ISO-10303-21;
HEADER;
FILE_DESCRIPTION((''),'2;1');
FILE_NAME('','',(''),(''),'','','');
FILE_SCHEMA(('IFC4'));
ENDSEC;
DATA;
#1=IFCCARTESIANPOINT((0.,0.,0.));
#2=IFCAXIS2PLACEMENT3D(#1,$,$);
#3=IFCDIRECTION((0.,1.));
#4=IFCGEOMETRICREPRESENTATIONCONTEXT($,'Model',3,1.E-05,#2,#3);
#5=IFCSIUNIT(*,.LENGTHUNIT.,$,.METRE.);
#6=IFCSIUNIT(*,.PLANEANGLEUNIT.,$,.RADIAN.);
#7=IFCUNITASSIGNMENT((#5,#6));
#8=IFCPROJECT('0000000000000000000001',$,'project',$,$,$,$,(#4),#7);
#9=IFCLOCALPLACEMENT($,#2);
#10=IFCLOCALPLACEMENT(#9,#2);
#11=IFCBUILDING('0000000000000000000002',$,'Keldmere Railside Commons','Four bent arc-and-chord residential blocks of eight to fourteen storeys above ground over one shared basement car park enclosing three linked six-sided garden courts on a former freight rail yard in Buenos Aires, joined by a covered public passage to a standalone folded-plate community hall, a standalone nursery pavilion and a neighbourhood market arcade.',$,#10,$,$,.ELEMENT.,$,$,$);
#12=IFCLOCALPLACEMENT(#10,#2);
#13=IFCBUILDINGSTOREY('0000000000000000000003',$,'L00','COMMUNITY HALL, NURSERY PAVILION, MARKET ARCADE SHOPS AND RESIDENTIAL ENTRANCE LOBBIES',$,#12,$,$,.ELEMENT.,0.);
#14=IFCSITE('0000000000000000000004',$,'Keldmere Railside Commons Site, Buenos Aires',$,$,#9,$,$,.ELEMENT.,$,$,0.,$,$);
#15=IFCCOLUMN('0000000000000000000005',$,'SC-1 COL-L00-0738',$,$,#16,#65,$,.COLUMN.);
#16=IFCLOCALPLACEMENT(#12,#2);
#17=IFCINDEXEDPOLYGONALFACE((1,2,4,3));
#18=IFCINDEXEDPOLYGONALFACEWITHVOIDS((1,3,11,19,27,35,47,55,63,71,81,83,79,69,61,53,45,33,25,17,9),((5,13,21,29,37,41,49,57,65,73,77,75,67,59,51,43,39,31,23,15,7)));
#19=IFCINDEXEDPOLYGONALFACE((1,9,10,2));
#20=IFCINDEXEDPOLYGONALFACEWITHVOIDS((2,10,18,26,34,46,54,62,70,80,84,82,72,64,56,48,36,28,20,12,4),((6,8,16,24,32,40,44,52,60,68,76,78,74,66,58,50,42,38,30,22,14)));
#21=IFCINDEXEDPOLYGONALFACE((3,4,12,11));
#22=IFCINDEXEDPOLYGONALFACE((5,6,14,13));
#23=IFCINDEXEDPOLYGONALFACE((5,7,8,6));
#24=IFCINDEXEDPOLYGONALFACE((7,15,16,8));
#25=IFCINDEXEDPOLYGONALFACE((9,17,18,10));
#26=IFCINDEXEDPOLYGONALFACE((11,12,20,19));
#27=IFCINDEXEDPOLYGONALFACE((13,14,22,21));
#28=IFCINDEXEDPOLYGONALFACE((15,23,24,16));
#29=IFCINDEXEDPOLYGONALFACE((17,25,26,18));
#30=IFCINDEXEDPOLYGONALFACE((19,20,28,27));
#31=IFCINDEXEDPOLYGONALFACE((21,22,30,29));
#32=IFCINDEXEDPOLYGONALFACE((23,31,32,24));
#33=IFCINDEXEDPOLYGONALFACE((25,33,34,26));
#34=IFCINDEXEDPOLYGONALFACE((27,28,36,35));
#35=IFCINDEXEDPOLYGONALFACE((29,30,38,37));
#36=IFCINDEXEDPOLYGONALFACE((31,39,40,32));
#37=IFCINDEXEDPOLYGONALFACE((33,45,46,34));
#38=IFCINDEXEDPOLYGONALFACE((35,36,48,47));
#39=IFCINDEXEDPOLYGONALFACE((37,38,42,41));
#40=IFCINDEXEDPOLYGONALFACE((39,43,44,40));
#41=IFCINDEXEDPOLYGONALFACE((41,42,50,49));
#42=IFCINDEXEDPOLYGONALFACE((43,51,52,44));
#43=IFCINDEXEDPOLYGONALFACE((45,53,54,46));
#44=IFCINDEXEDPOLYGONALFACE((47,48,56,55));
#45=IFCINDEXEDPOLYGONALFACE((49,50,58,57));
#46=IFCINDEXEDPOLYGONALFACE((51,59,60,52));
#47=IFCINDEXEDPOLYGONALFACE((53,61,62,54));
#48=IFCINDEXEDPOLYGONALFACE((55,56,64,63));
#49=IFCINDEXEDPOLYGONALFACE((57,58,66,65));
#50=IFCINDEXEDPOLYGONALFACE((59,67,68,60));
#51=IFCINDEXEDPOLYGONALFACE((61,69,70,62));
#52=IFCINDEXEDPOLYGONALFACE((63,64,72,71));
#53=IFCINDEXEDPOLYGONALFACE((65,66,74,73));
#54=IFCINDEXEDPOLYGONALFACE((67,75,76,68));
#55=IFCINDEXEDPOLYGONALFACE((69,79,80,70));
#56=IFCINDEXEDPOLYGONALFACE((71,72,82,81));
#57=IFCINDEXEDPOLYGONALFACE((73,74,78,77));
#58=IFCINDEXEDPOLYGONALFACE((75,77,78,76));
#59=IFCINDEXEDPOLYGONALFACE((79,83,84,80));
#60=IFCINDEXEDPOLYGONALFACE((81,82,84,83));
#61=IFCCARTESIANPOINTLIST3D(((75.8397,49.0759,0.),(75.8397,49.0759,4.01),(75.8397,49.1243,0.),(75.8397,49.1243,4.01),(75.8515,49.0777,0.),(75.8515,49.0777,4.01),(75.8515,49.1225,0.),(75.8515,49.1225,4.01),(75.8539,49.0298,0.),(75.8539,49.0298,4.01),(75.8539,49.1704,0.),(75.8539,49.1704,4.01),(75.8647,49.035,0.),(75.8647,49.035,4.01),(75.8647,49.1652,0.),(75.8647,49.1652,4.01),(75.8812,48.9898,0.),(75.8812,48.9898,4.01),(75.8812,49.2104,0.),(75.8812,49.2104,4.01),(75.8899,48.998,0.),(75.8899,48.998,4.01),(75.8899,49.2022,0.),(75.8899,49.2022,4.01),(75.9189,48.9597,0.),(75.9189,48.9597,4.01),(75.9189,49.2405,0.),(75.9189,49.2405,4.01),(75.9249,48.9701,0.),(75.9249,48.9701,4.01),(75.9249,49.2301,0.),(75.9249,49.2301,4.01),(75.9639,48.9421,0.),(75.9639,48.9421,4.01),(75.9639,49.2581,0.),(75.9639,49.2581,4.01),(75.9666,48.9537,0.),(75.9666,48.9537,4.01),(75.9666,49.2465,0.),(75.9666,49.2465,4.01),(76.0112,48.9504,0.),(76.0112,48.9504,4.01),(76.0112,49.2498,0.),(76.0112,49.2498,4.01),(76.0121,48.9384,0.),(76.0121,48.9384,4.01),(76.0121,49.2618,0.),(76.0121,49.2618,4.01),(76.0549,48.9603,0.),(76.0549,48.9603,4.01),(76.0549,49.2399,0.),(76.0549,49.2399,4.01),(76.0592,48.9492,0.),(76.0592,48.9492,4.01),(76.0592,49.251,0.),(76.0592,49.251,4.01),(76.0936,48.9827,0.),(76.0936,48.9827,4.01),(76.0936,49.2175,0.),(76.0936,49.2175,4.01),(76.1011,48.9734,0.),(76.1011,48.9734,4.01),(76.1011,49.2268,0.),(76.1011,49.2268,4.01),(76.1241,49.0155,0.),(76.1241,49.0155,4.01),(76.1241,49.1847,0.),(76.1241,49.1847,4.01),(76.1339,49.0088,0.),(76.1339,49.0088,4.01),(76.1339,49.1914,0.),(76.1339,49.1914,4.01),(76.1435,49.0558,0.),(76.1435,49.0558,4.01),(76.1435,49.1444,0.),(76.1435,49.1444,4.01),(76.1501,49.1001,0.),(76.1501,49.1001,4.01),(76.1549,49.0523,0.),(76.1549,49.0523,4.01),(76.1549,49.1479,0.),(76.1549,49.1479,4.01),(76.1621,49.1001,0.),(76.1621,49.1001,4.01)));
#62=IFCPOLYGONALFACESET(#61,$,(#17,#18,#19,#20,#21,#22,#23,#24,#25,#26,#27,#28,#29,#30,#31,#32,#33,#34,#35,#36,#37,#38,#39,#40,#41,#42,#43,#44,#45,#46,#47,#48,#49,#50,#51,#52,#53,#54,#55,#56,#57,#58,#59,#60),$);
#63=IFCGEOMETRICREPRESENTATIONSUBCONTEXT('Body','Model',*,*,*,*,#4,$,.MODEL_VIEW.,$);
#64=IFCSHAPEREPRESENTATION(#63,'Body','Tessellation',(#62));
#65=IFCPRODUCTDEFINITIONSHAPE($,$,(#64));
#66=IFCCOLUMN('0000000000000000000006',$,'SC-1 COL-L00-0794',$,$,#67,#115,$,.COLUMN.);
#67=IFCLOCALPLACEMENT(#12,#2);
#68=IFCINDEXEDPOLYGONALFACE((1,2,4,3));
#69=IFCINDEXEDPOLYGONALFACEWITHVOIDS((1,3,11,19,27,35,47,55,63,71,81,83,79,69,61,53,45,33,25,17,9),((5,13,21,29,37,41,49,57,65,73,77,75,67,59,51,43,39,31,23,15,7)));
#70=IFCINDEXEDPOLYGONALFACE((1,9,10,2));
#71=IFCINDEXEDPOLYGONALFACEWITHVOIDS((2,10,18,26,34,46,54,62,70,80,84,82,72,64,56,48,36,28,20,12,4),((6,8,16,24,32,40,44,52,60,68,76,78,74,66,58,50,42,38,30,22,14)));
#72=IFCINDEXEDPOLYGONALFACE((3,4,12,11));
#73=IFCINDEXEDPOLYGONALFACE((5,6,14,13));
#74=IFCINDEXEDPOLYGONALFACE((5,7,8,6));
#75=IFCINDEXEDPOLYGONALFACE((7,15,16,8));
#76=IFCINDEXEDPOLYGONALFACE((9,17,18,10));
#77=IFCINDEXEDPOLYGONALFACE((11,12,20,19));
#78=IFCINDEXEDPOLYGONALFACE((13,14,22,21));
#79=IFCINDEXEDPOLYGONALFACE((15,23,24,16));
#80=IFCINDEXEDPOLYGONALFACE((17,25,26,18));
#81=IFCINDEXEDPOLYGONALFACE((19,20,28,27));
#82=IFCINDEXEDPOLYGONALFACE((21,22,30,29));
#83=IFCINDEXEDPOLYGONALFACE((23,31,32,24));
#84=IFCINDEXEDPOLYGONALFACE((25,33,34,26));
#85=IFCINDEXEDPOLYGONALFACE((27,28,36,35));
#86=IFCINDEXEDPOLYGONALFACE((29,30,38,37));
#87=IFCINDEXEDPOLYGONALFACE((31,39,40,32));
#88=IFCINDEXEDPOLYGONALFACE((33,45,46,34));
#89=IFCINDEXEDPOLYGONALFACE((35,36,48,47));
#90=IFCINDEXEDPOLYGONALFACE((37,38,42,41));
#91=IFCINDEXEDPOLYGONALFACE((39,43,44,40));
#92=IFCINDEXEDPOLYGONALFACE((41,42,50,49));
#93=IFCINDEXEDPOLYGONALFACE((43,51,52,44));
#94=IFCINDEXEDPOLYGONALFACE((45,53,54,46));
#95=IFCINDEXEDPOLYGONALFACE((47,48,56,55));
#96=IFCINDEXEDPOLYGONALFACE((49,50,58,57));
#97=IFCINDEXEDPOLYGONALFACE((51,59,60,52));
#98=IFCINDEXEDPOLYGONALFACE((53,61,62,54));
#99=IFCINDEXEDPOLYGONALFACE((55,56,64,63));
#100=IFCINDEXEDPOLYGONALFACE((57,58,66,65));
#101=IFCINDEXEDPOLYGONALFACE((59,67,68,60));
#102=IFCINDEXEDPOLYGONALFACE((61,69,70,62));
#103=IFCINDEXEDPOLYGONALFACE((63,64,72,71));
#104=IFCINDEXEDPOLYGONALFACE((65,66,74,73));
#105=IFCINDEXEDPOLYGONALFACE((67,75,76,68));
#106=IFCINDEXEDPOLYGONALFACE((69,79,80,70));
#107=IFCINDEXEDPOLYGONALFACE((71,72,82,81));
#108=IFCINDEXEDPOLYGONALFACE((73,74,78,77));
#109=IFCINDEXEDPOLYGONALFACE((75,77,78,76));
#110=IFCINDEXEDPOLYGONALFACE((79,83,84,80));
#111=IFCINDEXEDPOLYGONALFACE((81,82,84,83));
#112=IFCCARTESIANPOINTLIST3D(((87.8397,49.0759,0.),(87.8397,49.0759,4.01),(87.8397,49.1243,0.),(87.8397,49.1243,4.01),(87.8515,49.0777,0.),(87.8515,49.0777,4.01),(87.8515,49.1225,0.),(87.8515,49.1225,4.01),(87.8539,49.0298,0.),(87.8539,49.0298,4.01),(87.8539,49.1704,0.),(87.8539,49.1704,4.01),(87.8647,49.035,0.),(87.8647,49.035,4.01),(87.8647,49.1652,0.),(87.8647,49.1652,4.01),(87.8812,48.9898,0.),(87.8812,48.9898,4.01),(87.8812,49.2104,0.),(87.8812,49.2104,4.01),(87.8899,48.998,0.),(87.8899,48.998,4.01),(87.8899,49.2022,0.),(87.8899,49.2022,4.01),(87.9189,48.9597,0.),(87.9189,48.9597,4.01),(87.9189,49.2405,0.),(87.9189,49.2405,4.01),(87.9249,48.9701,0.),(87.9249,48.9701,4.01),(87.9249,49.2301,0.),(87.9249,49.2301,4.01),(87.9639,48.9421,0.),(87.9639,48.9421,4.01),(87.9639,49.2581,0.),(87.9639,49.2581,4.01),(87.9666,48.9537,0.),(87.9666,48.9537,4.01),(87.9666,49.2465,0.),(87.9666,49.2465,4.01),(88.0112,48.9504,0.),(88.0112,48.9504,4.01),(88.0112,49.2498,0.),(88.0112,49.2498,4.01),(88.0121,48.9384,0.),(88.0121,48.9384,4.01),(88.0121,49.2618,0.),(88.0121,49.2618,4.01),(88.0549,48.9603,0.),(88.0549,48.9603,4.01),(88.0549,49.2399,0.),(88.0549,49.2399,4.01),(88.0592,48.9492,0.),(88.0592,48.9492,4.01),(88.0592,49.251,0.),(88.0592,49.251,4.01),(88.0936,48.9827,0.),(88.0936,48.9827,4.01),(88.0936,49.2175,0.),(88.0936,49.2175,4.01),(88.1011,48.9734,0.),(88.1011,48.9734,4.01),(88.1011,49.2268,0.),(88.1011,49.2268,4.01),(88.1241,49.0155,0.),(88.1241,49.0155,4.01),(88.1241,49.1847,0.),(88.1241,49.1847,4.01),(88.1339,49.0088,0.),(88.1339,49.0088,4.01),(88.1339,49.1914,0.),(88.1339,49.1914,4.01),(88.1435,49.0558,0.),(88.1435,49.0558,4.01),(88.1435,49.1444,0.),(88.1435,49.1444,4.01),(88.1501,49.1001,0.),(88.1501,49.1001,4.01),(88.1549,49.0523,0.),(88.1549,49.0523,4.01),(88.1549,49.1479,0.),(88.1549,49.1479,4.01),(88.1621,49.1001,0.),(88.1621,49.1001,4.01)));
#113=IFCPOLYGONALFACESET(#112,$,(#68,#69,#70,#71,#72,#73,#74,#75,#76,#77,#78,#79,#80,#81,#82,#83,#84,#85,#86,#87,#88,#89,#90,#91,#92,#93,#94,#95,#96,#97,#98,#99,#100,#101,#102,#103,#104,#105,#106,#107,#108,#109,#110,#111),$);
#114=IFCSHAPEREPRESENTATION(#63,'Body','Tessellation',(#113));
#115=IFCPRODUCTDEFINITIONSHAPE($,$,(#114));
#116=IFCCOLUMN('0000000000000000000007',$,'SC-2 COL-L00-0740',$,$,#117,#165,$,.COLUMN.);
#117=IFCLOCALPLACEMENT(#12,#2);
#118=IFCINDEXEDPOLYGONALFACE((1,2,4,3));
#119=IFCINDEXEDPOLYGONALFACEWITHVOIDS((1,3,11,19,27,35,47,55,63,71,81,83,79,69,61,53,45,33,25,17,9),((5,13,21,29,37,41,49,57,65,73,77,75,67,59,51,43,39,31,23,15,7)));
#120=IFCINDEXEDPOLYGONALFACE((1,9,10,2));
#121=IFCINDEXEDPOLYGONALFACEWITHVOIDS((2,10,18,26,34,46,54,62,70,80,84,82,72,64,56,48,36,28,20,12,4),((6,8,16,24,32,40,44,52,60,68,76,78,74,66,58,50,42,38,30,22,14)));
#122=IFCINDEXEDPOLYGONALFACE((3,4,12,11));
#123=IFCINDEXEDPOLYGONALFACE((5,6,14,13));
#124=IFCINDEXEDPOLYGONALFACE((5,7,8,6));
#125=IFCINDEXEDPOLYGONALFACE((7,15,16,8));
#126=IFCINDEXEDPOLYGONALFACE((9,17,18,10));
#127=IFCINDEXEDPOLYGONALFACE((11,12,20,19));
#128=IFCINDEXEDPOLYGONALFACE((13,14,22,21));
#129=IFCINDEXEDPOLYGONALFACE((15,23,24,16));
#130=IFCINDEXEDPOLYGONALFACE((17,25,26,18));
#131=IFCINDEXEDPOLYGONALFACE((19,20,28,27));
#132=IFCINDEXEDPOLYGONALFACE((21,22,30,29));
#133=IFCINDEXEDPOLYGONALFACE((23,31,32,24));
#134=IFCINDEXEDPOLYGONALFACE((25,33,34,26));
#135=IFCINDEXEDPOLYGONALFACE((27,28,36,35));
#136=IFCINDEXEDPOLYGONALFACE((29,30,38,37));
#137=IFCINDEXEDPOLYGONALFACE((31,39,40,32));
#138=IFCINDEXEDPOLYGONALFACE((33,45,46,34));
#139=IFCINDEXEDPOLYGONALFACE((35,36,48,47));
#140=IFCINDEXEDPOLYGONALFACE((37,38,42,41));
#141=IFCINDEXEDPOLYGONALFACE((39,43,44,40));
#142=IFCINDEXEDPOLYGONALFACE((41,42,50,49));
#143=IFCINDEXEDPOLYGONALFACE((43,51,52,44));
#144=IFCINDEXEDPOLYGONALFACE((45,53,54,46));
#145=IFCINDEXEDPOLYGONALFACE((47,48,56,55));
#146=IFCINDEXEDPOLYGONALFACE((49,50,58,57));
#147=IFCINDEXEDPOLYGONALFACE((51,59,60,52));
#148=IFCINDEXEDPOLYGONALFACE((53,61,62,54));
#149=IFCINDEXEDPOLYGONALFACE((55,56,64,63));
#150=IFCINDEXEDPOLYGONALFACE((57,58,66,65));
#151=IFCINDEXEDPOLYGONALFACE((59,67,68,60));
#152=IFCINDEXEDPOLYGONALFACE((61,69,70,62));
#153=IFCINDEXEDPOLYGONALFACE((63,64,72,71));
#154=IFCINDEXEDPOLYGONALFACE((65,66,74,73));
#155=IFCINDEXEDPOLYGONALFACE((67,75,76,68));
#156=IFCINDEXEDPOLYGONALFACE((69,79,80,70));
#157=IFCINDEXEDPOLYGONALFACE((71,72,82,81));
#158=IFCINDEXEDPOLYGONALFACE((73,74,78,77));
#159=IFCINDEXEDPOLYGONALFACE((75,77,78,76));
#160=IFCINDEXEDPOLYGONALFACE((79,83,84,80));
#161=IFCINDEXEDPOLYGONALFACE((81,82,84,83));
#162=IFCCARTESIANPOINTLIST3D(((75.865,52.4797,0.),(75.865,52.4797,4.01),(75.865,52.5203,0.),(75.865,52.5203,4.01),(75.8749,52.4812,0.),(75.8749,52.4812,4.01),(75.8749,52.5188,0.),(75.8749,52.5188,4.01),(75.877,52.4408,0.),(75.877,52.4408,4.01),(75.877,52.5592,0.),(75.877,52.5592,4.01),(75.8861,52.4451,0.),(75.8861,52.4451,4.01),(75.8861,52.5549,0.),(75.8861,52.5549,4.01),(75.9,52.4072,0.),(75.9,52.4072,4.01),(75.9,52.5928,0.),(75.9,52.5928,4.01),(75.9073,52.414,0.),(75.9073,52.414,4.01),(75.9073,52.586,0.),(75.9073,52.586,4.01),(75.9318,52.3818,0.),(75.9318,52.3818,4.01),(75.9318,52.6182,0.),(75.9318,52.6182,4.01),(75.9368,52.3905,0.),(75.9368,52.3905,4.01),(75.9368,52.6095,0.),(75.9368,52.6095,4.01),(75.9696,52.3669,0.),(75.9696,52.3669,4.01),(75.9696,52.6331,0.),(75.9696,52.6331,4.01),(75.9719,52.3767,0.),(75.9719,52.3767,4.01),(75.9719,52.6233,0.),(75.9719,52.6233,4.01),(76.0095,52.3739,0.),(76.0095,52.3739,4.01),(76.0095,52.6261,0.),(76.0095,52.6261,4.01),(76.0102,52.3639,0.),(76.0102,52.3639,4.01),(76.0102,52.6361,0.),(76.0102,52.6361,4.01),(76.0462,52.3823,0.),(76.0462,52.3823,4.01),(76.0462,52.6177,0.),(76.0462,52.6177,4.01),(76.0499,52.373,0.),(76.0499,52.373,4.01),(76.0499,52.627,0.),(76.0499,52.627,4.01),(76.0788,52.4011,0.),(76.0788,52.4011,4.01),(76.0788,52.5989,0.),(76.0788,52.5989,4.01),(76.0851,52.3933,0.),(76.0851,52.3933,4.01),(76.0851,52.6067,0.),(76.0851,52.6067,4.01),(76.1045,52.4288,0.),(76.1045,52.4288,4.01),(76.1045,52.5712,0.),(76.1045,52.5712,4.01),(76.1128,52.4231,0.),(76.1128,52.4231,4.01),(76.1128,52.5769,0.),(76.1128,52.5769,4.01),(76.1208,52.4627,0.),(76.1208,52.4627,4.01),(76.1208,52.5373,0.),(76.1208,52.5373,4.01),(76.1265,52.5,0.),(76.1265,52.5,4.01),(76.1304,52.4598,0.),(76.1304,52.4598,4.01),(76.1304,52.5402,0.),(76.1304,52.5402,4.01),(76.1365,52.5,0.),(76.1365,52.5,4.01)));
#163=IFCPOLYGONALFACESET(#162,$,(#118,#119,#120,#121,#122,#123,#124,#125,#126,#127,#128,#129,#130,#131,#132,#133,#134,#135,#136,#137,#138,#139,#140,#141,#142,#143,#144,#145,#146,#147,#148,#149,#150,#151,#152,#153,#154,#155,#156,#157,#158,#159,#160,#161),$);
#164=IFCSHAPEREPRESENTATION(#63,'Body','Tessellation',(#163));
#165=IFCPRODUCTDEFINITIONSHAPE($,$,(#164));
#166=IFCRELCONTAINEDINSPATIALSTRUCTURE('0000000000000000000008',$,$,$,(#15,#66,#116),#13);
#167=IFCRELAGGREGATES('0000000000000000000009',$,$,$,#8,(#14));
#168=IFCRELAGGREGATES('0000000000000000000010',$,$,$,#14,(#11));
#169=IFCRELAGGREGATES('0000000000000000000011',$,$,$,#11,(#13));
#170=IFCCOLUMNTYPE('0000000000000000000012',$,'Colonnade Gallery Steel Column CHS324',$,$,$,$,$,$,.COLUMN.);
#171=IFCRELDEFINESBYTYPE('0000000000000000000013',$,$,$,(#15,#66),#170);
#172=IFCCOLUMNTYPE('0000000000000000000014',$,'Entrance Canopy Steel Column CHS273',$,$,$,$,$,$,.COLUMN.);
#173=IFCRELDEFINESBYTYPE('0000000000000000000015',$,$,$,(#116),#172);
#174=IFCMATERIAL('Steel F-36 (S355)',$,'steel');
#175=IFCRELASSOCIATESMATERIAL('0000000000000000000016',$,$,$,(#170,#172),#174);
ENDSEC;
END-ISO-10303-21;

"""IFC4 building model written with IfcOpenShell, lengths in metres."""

from ifc_helpers import new_model, si_unit, direction, frame, origin, origin_2d, place, context, subcontext, project, spatial, hollow_circle, extrude, material, material_profile, profile_set, type_object, element, save


model = new_model("IFC4")

# Units and contexts
model_context = context("Model", 3, precision=1e-05, world=origin(), true_north=direction((0.0, 1.0)))
body_context = subcontext(model_context, "Body", "Model", "MODEL_VIEW")
ifc_project = project(units=[si_unit("LENGTHUNIT", "METRE"), si_unit("PLANEANGLEUNIT", "RADIAN")], contexts=[model_context])

# Site, building, storey
site_placement = place(None, origin())
site = spatial("IfcSite", under=ifc_project, at=site_placement, Name="Keldmere Railside Commons Site, Buenos Aires", CompositionType="ELEMENT", RefElevation=0.0)
building_placement = place(site_placement, origin())
building = spatial("IfcBuilding", under=site, at=building_placement, Name="Keldmere Railside Commons", Description="Four bent arc-and-chord residential blocks of eight to fourteen storeys above ground over one shared basement car park enclosing three linked six-sided garden courts on a former freight rail yard in Buenos Aires, joined by a covered public passage to a standalone folded-plate community hall, a standalone nursery pavilion and a neighbourhood market arcade.", CompositionType="ELEMENT")
storey_placement = place(building_placement, origin())
storey = spatial("IfcBuildingStorey", under=building, at=storey_placement, Name="L00", Description="COMMUNITY HALL, NURSERY PAVILION, MARKET ARCADE SHOPS AND RESIDENTIAL ENTRANCE LOBBIES", CompositionType="ELEMENT", Elevation=0.0)

# Columns
ifc_material_1 = material(Name="Steel F-36 (S355)", Category="steel")
ifc_material_profile_1 = material_profile(ifc_material_1, hollow_circle(Radius=0.1621, WallThickness=0.012, at=origin_2d()), Name="CHS-324x12")
ifc_profile_set_1 = profile_set([ifc_material_profile_1], Name="Steel F-36 (S355)")
column_type_1 = type_object("IfcColumnType", Name="Colonnade Gallery Steel Column CHS324", PredefinedType="COLUMN", material=ifc_profile_set_1)
for number, where, z_axis, x_axis, name in (
    (1, (76.0, 49.1001, 0.0), (0.0, 0.0, 1.0), (1.0, 0.0, 0.0), "SC-1 COL-L00-0738"),
    (2, (88.0, 49.1001, 0.0), (0.0, 0.0, 1.0), (1.0, 0.0, 0.0), "SC-1 COL-L00-0794"),
):
    element("IfcColumn", number, at=place(storey_placement, frame(where, z_axis=z_axis, x_axis=x_axis)), inside=storey, type_object=column_type_1, Name=name, PredefinedType="COLUMN", context=body_context, shape_type="SweptSolid", body=[
        extrude(hollow_circle(Radius=0.1621, WallThickness=0.012, at=origin_2d()), origin(), (0.0, 0.0, 1.0), 4.01),
    ])
ifc_material_profile_2 = material_profile(ifc_material_1, hollow_circle(Radius=0.1365, WallThickness=0.01, at=origin_2d()), Name="CHS-273x10")
ifc_profile_set_2 = profile_set([ifc_material_profile_2], Name="Steel F-36 (S355)")
column_type_2 = type_object("IfcColumnType", Name="Entrance Canopy Steel Column CHS273", PredefinedType="COLUMN", material=ifc_profile_set_2)
for number, where, z_axis, x_axis, name in (
    (3, (76.0, 52.5, 0.0), (0.0, 0.0, 1.0), (1.0, 0.0, 0.0), "SC-2 COL-L00-0740"),
):
    element("IfcColumn", number, at=place(storey_placement, frame(where, z_axis=z_axis, x_axis=x_axis)), inside=storey, type_object=column_type_2, Name=name, PredefinedType="COLUMN", context=body_context, shape_type="SweptSolid", body=[
        extrude(hollow_circle(Radius=0.1365, WallThickness=0.01, at=origin_2d()), origin(), (0.0, 0.0, 1.0), 4.01),
    ])

save(model, "model.ifc")
